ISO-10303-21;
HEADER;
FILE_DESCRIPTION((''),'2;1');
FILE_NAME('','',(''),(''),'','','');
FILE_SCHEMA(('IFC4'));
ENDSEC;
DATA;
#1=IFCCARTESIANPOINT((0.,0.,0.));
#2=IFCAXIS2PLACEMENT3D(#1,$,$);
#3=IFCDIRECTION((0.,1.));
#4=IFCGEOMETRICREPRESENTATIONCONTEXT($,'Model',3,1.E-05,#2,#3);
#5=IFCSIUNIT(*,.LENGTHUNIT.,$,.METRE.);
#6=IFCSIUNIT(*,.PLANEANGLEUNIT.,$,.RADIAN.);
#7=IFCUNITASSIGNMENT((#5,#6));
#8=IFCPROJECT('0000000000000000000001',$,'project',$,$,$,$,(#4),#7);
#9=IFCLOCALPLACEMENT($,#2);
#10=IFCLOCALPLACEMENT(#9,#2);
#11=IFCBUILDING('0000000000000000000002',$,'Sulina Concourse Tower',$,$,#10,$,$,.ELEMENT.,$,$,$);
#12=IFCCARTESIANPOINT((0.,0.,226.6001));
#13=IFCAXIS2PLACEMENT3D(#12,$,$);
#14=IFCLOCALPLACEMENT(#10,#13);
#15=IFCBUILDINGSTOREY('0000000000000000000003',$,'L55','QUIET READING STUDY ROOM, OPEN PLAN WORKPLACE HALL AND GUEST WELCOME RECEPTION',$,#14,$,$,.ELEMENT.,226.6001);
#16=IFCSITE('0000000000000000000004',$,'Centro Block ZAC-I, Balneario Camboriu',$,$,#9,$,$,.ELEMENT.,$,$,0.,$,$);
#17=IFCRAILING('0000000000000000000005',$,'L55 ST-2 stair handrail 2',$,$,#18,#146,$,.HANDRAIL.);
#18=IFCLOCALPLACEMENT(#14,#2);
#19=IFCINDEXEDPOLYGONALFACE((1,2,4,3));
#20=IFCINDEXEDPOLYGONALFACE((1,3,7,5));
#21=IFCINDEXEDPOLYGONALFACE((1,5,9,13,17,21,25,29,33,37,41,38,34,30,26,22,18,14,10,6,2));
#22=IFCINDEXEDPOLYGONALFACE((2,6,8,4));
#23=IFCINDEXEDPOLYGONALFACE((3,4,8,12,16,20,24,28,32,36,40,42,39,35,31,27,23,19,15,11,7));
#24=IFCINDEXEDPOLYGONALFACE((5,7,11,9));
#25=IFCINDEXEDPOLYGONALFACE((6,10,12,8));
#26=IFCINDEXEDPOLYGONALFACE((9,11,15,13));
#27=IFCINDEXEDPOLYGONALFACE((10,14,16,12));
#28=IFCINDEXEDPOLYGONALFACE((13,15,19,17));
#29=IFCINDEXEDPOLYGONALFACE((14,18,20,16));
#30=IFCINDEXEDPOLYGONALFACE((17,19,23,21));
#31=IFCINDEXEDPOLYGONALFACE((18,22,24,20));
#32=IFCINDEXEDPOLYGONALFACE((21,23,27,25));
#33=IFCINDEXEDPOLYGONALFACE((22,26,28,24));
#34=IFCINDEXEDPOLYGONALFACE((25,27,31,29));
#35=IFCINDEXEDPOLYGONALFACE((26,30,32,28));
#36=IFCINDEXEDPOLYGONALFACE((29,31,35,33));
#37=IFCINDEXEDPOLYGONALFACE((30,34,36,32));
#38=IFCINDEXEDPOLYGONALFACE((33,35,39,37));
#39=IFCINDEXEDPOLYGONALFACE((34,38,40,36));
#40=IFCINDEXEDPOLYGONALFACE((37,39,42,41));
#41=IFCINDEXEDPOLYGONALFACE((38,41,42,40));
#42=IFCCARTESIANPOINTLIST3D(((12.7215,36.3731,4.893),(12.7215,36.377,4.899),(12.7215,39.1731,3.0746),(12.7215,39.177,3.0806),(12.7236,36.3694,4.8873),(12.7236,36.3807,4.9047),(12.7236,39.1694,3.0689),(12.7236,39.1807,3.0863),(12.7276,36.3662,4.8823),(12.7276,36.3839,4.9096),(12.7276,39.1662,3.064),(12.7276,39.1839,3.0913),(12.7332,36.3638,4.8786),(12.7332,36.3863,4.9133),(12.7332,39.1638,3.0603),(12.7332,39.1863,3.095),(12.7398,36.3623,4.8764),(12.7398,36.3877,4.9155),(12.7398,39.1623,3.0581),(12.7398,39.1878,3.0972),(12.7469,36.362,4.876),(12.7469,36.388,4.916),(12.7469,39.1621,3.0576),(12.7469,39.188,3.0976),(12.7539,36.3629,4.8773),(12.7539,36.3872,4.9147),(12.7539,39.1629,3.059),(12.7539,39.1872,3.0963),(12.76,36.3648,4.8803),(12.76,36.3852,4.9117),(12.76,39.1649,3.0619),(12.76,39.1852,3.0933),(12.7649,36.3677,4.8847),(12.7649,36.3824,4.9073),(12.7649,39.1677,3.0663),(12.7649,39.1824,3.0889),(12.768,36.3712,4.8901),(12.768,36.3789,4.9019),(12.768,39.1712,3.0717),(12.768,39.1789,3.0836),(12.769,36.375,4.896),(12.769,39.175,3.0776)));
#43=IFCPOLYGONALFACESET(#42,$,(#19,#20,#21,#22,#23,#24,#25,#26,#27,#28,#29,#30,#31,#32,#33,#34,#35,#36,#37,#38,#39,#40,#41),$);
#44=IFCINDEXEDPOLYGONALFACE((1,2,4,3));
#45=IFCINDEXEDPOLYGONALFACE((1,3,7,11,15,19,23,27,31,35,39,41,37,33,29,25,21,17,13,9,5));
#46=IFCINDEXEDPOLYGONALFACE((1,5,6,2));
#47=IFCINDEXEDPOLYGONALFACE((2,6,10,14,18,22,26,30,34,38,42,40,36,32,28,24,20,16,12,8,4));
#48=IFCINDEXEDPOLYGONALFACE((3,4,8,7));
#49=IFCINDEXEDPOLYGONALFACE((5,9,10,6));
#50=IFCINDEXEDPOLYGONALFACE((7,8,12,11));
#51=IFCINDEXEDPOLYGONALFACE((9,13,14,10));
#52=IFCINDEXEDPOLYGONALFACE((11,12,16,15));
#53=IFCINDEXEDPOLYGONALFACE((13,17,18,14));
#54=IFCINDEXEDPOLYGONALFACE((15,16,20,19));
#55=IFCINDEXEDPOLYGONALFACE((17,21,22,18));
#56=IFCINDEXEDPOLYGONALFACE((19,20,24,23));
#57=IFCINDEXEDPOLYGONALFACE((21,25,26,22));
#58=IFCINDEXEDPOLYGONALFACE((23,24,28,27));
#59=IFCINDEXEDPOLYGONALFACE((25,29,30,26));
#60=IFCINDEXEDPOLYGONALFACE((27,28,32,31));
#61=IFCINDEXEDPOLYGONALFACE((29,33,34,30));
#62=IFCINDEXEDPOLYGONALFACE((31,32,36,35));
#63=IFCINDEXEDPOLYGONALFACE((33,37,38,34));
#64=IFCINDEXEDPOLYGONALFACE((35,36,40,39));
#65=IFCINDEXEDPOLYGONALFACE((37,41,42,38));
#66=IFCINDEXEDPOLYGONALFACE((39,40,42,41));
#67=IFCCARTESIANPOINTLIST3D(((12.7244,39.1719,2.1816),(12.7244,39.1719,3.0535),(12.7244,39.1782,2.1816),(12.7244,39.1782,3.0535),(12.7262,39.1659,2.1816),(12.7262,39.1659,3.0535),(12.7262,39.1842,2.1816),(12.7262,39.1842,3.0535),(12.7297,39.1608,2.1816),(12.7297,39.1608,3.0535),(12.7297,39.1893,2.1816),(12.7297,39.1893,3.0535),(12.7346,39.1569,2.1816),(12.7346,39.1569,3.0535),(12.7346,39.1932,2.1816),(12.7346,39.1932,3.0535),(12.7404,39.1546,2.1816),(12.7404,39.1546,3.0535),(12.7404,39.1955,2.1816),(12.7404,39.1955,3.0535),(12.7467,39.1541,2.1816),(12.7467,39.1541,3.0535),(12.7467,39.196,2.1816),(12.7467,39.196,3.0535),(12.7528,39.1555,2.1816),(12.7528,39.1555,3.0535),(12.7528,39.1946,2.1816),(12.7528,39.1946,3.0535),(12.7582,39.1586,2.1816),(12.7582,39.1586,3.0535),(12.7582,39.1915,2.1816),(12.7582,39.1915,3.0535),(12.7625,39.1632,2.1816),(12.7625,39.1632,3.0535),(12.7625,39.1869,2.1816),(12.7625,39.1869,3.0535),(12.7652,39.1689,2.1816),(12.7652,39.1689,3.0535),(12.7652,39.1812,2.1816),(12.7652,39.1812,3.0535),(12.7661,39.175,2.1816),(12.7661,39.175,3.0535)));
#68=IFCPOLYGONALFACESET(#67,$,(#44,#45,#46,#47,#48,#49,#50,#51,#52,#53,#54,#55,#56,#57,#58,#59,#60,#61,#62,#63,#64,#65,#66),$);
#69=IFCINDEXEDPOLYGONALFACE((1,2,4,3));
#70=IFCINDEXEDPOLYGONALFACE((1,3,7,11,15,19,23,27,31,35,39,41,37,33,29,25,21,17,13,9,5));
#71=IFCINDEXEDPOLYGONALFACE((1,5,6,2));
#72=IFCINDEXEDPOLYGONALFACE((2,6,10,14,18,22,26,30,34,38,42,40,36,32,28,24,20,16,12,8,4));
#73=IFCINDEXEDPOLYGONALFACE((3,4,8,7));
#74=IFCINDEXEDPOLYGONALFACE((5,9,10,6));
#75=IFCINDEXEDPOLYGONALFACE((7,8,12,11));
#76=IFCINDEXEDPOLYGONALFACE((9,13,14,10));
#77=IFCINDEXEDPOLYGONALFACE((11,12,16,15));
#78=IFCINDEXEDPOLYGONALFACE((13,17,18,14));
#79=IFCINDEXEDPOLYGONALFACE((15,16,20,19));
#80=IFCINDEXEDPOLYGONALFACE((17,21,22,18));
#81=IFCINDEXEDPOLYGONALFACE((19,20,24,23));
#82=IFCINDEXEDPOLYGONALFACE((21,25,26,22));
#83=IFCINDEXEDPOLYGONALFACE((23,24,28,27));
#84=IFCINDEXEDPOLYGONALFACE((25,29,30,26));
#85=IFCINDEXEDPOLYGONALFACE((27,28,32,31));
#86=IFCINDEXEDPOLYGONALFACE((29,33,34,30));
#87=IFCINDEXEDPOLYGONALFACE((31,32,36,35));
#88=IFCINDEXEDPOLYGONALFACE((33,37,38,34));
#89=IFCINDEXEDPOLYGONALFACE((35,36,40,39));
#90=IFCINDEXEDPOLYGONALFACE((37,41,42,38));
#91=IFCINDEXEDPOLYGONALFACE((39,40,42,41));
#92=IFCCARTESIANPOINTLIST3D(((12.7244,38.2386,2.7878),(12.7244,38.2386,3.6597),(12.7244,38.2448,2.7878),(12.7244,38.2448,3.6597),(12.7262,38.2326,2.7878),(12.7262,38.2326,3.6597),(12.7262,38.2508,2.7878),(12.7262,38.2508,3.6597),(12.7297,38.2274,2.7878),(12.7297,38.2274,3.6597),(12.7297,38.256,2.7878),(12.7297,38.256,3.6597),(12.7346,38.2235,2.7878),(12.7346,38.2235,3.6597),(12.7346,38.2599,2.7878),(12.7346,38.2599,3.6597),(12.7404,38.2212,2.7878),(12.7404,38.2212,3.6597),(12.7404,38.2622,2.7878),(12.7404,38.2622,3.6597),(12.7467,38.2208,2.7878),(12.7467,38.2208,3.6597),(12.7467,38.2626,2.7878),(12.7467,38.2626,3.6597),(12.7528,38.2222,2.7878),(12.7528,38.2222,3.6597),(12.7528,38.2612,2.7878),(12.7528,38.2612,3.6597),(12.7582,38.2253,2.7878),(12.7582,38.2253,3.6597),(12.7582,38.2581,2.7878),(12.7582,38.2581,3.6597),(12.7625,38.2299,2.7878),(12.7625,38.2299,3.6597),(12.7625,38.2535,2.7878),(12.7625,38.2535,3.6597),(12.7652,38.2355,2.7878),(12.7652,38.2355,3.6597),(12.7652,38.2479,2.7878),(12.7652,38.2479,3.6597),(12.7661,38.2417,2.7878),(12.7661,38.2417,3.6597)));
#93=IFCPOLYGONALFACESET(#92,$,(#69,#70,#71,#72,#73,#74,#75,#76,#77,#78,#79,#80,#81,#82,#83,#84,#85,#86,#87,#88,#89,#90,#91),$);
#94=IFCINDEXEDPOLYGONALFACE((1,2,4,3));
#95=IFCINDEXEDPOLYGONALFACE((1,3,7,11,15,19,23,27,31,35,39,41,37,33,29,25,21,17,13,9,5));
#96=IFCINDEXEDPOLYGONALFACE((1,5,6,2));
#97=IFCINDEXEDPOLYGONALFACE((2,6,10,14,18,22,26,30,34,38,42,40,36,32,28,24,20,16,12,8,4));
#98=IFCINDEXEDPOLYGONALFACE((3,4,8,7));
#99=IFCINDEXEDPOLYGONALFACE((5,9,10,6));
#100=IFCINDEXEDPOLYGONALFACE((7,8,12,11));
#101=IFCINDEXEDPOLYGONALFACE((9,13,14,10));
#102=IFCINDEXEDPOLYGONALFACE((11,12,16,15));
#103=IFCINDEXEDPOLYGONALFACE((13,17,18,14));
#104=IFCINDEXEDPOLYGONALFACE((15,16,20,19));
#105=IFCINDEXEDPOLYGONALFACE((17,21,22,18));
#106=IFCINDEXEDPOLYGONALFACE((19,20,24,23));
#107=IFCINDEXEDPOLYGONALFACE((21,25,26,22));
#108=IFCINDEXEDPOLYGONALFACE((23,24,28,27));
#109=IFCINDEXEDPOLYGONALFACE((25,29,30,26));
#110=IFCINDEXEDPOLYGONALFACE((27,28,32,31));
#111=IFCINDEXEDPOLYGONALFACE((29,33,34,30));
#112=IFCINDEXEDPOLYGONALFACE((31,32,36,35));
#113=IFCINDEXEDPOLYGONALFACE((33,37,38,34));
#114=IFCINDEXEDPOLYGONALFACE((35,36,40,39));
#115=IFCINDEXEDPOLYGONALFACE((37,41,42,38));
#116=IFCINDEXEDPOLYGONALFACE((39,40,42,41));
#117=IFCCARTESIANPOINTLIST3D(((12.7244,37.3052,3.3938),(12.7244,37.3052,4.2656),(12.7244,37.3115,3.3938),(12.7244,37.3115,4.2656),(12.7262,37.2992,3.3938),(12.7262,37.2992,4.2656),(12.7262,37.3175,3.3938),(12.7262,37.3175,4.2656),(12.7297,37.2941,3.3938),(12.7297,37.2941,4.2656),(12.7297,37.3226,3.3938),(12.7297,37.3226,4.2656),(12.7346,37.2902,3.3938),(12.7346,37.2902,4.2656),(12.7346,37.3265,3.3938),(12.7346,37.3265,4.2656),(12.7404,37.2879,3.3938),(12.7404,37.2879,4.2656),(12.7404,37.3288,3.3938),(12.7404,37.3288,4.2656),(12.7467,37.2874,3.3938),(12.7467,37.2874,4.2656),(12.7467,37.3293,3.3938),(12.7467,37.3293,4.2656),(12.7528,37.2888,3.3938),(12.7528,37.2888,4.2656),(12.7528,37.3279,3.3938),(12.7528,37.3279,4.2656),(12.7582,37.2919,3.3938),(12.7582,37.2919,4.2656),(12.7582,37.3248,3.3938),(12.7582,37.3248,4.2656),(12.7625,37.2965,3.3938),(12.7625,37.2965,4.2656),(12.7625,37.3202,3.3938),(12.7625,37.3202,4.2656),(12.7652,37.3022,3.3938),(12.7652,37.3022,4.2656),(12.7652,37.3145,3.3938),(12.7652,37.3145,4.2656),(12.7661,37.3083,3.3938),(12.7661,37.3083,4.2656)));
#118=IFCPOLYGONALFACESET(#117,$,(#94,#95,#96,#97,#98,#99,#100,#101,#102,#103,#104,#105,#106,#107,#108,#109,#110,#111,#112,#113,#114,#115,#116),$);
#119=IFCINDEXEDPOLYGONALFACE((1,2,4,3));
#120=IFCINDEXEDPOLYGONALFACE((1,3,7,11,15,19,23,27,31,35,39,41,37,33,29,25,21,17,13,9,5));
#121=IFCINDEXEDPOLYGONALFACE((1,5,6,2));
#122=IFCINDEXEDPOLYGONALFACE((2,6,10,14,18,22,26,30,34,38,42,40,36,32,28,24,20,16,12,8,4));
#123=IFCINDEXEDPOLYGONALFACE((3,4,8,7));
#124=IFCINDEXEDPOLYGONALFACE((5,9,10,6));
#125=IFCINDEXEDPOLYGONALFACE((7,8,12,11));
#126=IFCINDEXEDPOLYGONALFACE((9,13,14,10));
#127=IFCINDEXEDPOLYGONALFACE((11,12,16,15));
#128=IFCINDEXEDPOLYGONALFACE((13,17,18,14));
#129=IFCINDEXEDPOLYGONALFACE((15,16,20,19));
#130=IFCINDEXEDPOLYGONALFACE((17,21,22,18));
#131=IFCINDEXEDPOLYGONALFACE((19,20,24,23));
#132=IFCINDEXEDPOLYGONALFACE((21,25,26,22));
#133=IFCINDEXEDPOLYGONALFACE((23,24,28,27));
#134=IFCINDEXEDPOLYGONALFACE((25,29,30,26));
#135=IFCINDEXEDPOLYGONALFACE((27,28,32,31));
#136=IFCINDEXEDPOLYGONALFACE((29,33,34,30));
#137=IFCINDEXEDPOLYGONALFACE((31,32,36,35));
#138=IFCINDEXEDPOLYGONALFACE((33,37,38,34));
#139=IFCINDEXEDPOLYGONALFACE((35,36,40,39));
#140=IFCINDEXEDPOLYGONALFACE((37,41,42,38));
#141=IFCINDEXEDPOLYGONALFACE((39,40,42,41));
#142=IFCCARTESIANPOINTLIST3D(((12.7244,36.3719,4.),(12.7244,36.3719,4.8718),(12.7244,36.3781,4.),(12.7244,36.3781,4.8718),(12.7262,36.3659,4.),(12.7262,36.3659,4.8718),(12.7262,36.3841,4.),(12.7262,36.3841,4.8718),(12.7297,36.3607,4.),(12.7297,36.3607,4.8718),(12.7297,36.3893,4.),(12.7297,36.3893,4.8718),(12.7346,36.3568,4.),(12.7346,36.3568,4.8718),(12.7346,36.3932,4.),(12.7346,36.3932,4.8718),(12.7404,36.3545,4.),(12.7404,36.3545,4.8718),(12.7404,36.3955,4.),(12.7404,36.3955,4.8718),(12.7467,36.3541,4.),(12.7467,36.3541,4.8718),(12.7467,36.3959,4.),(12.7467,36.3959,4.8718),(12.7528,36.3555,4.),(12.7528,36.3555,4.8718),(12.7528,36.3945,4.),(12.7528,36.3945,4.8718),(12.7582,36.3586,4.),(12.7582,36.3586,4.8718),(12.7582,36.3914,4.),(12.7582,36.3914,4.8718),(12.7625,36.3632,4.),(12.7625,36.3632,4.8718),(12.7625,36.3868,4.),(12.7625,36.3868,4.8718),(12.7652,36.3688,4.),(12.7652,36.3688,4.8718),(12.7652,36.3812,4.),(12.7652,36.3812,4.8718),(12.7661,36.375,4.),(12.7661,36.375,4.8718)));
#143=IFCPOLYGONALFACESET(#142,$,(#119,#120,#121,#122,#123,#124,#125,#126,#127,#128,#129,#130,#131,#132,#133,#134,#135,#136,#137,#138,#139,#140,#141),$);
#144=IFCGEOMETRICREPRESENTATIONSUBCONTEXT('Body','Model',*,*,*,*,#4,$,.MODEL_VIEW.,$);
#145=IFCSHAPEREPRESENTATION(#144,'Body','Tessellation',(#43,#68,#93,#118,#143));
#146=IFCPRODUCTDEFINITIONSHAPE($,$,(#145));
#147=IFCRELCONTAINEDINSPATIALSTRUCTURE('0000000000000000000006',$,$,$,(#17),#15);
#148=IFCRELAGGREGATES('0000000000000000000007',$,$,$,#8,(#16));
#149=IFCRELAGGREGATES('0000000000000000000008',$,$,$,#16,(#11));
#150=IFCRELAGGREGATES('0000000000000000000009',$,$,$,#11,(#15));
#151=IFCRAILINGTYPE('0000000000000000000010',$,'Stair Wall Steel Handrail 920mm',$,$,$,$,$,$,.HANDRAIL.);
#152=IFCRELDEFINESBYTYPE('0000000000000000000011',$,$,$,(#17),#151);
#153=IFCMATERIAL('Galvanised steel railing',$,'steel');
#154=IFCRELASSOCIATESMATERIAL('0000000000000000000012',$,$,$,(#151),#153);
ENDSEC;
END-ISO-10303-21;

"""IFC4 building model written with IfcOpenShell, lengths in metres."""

from ifc_helpers import new_model, si_unit, direction, frame, origin, origin_2d, place, context, subcontext, project, spatial, circle, extrude, material, type_object, element, save


model = new_model("IFC4")

# Units and contexts
model_context = context("Model", 3, precision=1e-05, world=origin(), true_north=direction((0.0, 1.0)))
body_context = subcontext(model_context, "Body", "Model", "MODEL_VIEW")
ifc_project = project(units=[si_unit("LENGTHUNIT", "METRE"), si_unit("PLANEANGLEUNIT", "RADIAN")], contexts=[model_context])

# Site, building, storey
site_placement = place(None, origin())
site = spatial("IfcSite", under=ifc_project, at=site_placement, Name="Centro Block ZAC-I, Balneario Camboriu", CompositionType="ELEMENT", RefElevation=0.0)
building_placement = place(site_placement, origin())
building = spatial("IfcBuilding", under=site, at=building_placement, Name="Sulina Concourse Tower", CompositionType="ELEMENT")
storey_placement = place(building_placement, frame((0.0, 0.0, 226.6001)))
storey = spatial("IfcBuildingStorey", under=building, at=storey_placement, Name="L55", Description="QUIET READING STUDY ROOM, OPEN PLAN WORKPLACE HALL AND GUEST WELCOME RECEPTION", CompositionType="ELEMENT", Elevation=226.6001)

# Railing
ifc_material_1 = material(Name="Galvanised steel railing", Category="steel")
railing_type_1 = type_object("IfcRailingType", Name="Stair Wall Steel Handrail 920mm", PredefinedType="HANDRAIL", material=ifc_material_1)
railing_1_placement = place(storey_placement, frame((12.7451, 39.175, 2.1816)))
element("IfcRailing", 1, at=railing_1_placement, inside=storey, type_object=railing_type_1, Name="L55 ST-2 stair handrail 2", PredefinedType="HANDRAIL", context=body_context, shape_type="SweptSolid", body=[
    extrude(circle(Radius=0.0239, at=origin_2d()), frame((0.0, 0.0, 0.896), z_axis=(0.0, -0.838672, 0.544636), x_axis=(1.0, 0.0, 0.0)), (0.0, 0.0, 1.0), 3.3386),
    extrude(circle(Radius=0.021, at=origin_2d()), origin(), (0.0, 0.0, 1.0), 0.8718),
    extrude(circle(Radius=0.021, at=origin_2d()), frame((0.0, -0.9333, 0.6062)), (0.0, 0.0, 1.0), 0.8718),
    extrude(circle(Radius=0.021, at=origin_2d()), frame((0.0, -1.8667, 1.2122)), (0.0, 0.0, 1.0), 0.8718),
    extrude(circle(Radius=0.021, at=origin_2d()), frame((0.0, -2.8, 1.8184)), (0.0, 0.0, 1.0), 0.8718),
])

save(model, "model.ifc")
